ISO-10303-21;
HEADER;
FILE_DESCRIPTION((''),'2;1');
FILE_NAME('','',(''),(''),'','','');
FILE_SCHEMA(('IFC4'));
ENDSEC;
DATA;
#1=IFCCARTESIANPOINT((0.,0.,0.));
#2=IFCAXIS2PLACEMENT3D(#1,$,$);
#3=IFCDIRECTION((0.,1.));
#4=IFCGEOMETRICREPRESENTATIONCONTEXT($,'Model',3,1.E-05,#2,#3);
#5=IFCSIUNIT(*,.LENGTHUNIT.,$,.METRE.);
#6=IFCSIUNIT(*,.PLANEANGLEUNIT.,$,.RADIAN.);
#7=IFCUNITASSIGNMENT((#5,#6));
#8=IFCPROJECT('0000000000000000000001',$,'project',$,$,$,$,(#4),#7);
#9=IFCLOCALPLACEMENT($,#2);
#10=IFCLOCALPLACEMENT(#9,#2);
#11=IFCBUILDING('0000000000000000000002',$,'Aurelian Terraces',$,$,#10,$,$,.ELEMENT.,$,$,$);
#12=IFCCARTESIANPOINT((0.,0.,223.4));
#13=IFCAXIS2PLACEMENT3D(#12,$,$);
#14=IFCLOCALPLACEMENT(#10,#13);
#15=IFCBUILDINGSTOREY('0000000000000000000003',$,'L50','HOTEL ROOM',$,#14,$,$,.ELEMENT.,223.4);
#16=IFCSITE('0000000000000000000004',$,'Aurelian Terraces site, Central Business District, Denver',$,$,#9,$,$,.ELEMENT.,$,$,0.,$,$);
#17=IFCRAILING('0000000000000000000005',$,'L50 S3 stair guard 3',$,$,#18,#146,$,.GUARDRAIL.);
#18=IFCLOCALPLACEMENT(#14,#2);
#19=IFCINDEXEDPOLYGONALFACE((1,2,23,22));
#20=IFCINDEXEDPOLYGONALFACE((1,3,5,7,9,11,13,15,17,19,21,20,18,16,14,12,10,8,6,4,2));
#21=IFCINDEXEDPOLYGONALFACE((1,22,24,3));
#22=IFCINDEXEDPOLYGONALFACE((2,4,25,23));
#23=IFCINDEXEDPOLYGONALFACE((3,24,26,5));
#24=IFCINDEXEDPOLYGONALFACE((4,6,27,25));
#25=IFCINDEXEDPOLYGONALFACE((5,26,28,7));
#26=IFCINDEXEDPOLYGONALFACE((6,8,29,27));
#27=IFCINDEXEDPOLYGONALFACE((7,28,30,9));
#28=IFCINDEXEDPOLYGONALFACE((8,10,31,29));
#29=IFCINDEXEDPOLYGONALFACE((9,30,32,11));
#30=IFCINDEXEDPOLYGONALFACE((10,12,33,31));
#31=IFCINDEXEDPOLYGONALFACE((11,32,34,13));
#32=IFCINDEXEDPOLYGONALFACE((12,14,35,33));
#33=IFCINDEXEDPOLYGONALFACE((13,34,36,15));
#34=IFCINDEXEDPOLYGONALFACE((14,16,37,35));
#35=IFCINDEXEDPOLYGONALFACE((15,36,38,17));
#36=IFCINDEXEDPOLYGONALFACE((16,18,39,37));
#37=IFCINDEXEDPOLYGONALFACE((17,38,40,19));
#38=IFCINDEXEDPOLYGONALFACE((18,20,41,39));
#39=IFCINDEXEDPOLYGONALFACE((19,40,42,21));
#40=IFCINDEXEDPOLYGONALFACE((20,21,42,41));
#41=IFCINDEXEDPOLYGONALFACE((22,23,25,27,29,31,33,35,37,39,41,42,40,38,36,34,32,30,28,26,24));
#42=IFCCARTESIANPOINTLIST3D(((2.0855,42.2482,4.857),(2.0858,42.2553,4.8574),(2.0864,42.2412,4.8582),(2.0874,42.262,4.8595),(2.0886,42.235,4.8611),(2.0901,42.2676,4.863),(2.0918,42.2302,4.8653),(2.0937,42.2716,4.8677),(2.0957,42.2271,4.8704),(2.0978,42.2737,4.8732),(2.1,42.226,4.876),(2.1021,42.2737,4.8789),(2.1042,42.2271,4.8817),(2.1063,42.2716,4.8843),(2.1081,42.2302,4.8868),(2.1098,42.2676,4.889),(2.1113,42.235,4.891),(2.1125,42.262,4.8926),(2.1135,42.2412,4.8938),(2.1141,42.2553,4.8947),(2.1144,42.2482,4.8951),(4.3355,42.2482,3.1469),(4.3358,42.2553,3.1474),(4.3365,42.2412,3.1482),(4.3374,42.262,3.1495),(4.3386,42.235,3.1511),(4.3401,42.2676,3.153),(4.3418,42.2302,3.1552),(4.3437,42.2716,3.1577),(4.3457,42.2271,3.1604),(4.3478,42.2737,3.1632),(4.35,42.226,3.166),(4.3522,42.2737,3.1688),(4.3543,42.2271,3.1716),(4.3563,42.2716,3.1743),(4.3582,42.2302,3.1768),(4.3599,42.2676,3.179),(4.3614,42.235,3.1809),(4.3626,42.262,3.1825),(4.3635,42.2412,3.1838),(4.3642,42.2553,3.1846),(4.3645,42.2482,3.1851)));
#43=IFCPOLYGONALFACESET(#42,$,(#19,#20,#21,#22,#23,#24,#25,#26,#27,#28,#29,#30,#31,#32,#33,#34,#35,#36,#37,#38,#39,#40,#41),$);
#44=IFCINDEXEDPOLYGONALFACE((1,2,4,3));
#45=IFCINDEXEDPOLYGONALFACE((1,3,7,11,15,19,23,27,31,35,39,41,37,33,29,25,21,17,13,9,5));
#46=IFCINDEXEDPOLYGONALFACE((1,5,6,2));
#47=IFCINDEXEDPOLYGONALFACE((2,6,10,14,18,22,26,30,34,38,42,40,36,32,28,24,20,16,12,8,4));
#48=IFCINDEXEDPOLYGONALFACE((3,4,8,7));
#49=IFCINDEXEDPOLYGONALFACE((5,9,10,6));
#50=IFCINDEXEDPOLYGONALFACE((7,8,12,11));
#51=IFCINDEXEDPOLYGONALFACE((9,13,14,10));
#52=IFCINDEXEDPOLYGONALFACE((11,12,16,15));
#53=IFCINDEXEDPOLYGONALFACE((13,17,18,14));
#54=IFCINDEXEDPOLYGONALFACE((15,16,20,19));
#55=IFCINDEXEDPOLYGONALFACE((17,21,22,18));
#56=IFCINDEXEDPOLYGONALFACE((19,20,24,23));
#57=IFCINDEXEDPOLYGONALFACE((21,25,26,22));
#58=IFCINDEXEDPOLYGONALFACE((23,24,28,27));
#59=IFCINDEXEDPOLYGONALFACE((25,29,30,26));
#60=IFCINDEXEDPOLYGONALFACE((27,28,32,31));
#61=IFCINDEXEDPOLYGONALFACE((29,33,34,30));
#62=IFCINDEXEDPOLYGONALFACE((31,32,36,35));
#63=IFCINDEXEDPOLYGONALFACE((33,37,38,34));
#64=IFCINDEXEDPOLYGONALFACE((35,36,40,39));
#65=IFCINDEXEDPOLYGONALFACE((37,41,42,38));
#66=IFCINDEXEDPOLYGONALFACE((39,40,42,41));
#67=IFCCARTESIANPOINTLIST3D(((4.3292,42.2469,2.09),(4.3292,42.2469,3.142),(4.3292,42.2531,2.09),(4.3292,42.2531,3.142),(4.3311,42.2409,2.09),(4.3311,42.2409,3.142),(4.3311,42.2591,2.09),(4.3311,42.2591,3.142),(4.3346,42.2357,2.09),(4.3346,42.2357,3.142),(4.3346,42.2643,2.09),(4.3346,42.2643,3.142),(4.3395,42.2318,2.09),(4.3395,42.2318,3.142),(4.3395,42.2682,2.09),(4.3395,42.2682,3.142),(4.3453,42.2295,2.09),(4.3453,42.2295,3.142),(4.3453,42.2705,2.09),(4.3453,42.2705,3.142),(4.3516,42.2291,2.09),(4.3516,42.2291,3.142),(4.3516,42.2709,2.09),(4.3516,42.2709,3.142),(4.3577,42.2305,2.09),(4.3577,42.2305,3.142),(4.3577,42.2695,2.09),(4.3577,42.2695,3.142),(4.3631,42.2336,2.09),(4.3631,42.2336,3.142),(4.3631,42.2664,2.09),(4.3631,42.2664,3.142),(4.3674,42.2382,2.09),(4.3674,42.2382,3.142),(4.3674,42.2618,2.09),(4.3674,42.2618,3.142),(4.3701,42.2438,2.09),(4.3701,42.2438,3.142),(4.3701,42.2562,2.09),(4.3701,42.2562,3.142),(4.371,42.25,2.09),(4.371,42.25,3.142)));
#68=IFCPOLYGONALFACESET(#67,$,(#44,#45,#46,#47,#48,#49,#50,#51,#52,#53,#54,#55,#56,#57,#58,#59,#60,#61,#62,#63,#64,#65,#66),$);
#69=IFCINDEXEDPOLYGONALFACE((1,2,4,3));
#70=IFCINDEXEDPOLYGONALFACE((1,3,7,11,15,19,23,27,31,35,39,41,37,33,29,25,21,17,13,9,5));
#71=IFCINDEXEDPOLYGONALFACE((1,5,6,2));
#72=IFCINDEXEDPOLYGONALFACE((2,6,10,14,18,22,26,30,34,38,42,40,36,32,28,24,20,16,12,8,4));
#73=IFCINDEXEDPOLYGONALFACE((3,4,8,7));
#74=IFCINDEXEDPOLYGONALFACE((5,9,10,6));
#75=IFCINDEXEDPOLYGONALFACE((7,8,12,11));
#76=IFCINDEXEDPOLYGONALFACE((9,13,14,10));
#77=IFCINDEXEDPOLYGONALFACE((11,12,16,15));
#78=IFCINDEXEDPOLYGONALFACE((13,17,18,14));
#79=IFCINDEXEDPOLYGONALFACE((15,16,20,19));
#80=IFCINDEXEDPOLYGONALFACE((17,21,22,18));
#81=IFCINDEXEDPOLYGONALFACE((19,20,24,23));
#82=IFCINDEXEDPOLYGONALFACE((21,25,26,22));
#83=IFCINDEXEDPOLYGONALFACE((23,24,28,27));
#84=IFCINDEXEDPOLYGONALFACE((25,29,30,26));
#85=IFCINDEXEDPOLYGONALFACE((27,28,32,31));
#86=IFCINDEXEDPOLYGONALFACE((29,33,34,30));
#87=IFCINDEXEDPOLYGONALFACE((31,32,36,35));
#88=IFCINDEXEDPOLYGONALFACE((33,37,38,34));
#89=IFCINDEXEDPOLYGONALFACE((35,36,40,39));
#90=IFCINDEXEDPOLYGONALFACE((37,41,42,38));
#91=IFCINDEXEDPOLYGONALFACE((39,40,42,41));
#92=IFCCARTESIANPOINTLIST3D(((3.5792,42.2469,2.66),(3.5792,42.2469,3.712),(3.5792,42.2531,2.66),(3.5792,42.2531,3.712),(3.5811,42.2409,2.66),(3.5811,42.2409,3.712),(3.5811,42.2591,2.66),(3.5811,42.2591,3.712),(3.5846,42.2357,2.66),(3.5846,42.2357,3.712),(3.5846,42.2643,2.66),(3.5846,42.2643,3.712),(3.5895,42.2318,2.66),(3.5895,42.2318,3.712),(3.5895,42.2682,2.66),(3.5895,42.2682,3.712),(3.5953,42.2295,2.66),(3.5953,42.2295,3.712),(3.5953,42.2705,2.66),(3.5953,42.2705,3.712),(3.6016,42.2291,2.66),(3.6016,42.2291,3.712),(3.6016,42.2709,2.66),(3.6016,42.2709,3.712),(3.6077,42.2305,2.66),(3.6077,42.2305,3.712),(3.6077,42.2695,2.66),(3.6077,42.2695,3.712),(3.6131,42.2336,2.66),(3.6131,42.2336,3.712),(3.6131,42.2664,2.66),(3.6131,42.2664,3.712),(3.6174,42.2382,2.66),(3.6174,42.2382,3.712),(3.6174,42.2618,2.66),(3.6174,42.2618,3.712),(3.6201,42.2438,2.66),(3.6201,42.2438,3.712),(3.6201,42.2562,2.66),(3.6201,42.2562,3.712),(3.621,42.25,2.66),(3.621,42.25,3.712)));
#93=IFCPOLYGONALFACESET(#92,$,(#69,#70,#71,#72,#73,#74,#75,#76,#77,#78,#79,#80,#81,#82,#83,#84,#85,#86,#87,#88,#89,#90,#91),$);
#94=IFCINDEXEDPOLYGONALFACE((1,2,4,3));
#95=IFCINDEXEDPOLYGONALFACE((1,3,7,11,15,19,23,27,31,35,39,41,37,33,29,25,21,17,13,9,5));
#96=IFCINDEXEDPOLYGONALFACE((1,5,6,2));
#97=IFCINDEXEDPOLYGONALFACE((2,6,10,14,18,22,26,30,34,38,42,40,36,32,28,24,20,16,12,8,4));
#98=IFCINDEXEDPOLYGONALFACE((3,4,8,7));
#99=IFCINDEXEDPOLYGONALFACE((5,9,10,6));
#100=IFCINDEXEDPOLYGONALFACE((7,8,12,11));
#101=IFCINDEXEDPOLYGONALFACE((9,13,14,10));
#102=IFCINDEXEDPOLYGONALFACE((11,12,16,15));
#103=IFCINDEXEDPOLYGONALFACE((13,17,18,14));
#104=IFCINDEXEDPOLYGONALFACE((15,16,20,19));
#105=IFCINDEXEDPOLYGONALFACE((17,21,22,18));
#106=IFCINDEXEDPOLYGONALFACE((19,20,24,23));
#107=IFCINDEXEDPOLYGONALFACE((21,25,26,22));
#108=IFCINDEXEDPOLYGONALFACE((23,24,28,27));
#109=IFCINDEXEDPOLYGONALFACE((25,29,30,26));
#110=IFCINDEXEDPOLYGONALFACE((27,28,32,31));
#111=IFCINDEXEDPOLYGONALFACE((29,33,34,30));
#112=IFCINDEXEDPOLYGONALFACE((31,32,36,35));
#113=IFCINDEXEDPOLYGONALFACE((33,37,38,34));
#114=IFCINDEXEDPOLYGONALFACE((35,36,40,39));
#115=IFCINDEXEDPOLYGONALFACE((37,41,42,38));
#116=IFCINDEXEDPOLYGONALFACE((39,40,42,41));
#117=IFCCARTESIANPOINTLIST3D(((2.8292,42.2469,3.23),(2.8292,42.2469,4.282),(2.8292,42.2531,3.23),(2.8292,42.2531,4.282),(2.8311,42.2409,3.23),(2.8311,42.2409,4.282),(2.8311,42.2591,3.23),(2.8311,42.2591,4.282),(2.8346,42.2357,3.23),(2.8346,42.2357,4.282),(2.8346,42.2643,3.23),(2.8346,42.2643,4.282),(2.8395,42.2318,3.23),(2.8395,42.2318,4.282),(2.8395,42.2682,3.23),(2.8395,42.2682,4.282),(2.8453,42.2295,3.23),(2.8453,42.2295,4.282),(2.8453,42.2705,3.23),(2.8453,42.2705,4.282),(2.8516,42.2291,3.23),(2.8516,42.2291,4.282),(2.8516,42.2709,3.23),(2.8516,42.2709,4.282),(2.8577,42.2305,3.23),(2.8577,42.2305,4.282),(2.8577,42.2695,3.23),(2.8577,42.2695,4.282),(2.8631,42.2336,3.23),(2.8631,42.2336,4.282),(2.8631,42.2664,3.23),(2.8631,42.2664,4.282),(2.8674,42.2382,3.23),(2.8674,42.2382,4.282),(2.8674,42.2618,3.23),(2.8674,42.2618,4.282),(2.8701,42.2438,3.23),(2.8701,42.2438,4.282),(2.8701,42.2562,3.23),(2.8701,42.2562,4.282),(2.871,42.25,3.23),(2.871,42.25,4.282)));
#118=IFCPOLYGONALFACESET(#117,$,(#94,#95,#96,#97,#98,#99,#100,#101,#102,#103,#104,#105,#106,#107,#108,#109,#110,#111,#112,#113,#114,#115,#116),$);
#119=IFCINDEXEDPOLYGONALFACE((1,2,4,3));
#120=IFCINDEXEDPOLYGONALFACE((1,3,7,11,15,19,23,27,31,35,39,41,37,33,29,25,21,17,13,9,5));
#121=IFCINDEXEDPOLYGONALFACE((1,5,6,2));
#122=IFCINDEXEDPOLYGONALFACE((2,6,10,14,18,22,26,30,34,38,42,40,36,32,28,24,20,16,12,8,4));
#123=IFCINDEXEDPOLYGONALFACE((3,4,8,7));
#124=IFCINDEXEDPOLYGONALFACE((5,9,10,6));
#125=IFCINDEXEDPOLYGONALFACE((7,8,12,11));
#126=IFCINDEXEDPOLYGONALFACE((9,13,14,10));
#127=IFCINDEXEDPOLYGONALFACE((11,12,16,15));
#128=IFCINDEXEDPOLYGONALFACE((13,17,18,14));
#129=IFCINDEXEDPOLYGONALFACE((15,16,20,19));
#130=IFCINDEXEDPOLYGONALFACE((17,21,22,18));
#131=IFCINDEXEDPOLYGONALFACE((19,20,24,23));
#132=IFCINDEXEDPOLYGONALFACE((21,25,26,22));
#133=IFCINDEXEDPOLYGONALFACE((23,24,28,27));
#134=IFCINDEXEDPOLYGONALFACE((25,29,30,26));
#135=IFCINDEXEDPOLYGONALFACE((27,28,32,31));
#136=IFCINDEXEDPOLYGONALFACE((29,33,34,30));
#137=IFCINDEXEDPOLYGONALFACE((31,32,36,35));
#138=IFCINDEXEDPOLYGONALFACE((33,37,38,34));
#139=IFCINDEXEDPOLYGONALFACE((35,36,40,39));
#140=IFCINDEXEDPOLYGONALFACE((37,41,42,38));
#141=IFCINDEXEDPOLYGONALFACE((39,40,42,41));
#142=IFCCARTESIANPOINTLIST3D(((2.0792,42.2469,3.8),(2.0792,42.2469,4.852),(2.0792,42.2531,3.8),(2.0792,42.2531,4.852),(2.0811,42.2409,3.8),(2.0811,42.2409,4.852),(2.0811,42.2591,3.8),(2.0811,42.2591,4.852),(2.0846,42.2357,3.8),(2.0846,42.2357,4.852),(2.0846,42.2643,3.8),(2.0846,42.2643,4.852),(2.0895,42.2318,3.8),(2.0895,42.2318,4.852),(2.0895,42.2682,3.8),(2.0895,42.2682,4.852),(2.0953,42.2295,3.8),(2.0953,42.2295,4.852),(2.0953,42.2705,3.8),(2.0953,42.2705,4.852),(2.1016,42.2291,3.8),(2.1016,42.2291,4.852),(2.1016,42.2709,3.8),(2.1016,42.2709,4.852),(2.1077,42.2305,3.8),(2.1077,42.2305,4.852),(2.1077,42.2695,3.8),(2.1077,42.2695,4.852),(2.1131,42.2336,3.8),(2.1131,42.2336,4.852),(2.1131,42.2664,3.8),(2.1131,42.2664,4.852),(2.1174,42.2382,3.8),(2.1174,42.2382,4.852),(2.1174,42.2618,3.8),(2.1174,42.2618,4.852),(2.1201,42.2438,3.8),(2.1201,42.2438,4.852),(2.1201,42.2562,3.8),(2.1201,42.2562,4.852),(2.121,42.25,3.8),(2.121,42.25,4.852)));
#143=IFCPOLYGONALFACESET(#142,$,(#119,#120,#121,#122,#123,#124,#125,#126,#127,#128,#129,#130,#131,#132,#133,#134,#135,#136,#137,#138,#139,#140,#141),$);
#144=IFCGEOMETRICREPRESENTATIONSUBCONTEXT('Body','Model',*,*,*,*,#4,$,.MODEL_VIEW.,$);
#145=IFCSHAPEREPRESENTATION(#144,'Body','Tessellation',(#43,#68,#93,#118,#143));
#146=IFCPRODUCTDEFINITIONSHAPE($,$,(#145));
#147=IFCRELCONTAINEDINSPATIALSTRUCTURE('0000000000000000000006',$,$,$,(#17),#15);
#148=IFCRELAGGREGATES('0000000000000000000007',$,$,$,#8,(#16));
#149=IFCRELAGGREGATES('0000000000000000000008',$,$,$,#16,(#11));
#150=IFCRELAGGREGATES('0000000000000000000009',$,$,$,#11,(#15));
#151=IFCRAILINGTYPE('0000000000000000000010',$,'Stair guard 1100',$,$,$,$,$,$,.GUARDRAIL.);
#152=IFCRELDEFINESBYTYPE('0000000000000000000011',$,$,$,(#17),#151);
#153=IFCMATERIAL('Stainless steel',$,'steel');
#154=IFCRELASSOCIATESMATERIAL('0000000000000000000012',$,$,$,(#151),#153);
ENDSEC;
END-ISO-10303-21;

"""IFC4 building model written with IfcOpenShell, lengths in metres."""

from ifc_helpers import new_model, si_unit, direction, frame, origin, origin_2d, place, context, subcontext, project, spatial, circle, extrude, source, transform, mapped, material, type_object, element, save


model = new_model("IFC4")

# Units and contexts
model_context = context("Model", 3, precision=1e-05, world=origin(), true_north=direction((0.0, 1.0)))
body_context = subcontext(model_context, "Body", "Model", "MODEL_VIEW")
ifc_project = project(units=[si_unit("LENGTHUNIT", "METRE"), si_unit("PLANEANGLEUNIT", "RADIAN")], contexts=[model_context])

# Site, building, storey
site_placement = place(None, origin())
site = spatial("IfcSite", under=ifc_project, at=site_placement, Name="Aurelian Terraces site, Central Business District, Denver", CompositionType="ELEMENT", RefElevation=0.0)
building_placement = place(site_placement, origin())
building = spatial("IfcBuilding", under=site, at=building_placement, Name="Aurelian Terraces", CompositionType="ELEMENT")
storey_placement = place(building_placement, frame((0.0, 0.0, 223.4)))
storey = spatial("IfcBuildingStorey", under=building, at=storey_placement, Name="L50", Description="HOTEL ROOM", CompositionType="ELEMENT", Elevation=223.4)

# Railing
ifc_material_1 = material(Name="Stainless steel", Category="steel")
railing_type_1 = type_object("IfcRailingType", Name="Stair guard 1100", PredefinedType="GUARDRAIL", material=ifc_material_1)
shared_shape_1 = source(origin(), body_context, "Body", "SweptSolid", [
    extrude(circle(Radius=0.024, at=origin_2d()), frame((0.0, 0.0, 1.076), z_axis=(-0.796162, 0.0, 0.605083), x_axis=(0.0, -1.0, 0.0)), (0.0, 0.0, 1.0), 2.8261),
    extrude(circle(Radius=0.021, at=origin_2d()), origin(), (0.0, 0.0, 1.0), 1.052),
    extrude(circle(Radius=0.021, at=origin_2d()), frame((-0.75, 0.0, 0.57)), (0.0, 0.0, 1.0), 1.052),
    extrude(circle(Radius=0.021, at=origin_2d()), frame((-1.5, 0.0, 1.14)), (0.0, 0.0, 1.0), 1.052),
    extrude(circle(Radius=0.021, at=origin_2d()), frame((-2.25, 0.0, 1.71)), (0.0, 0.0, 1.0), 1.052),
])
railing_1_placement = place(storey_placement, frame((4.35, 42.25, 2.09)))
element("IfcRailing", 1, at=railing_1_placement, inside=storey, type_object=railing_type_1, Name="L50 S3 stair guard 3", PredefinedType="GUARDRAIL", context=body_context, shape_type="MappedRepresentation", body=[
    mapped(shared_shape_1, transform((0.0, 0.0, 0.0), scale=1.0)),
])

save(model, "model.ifc")
